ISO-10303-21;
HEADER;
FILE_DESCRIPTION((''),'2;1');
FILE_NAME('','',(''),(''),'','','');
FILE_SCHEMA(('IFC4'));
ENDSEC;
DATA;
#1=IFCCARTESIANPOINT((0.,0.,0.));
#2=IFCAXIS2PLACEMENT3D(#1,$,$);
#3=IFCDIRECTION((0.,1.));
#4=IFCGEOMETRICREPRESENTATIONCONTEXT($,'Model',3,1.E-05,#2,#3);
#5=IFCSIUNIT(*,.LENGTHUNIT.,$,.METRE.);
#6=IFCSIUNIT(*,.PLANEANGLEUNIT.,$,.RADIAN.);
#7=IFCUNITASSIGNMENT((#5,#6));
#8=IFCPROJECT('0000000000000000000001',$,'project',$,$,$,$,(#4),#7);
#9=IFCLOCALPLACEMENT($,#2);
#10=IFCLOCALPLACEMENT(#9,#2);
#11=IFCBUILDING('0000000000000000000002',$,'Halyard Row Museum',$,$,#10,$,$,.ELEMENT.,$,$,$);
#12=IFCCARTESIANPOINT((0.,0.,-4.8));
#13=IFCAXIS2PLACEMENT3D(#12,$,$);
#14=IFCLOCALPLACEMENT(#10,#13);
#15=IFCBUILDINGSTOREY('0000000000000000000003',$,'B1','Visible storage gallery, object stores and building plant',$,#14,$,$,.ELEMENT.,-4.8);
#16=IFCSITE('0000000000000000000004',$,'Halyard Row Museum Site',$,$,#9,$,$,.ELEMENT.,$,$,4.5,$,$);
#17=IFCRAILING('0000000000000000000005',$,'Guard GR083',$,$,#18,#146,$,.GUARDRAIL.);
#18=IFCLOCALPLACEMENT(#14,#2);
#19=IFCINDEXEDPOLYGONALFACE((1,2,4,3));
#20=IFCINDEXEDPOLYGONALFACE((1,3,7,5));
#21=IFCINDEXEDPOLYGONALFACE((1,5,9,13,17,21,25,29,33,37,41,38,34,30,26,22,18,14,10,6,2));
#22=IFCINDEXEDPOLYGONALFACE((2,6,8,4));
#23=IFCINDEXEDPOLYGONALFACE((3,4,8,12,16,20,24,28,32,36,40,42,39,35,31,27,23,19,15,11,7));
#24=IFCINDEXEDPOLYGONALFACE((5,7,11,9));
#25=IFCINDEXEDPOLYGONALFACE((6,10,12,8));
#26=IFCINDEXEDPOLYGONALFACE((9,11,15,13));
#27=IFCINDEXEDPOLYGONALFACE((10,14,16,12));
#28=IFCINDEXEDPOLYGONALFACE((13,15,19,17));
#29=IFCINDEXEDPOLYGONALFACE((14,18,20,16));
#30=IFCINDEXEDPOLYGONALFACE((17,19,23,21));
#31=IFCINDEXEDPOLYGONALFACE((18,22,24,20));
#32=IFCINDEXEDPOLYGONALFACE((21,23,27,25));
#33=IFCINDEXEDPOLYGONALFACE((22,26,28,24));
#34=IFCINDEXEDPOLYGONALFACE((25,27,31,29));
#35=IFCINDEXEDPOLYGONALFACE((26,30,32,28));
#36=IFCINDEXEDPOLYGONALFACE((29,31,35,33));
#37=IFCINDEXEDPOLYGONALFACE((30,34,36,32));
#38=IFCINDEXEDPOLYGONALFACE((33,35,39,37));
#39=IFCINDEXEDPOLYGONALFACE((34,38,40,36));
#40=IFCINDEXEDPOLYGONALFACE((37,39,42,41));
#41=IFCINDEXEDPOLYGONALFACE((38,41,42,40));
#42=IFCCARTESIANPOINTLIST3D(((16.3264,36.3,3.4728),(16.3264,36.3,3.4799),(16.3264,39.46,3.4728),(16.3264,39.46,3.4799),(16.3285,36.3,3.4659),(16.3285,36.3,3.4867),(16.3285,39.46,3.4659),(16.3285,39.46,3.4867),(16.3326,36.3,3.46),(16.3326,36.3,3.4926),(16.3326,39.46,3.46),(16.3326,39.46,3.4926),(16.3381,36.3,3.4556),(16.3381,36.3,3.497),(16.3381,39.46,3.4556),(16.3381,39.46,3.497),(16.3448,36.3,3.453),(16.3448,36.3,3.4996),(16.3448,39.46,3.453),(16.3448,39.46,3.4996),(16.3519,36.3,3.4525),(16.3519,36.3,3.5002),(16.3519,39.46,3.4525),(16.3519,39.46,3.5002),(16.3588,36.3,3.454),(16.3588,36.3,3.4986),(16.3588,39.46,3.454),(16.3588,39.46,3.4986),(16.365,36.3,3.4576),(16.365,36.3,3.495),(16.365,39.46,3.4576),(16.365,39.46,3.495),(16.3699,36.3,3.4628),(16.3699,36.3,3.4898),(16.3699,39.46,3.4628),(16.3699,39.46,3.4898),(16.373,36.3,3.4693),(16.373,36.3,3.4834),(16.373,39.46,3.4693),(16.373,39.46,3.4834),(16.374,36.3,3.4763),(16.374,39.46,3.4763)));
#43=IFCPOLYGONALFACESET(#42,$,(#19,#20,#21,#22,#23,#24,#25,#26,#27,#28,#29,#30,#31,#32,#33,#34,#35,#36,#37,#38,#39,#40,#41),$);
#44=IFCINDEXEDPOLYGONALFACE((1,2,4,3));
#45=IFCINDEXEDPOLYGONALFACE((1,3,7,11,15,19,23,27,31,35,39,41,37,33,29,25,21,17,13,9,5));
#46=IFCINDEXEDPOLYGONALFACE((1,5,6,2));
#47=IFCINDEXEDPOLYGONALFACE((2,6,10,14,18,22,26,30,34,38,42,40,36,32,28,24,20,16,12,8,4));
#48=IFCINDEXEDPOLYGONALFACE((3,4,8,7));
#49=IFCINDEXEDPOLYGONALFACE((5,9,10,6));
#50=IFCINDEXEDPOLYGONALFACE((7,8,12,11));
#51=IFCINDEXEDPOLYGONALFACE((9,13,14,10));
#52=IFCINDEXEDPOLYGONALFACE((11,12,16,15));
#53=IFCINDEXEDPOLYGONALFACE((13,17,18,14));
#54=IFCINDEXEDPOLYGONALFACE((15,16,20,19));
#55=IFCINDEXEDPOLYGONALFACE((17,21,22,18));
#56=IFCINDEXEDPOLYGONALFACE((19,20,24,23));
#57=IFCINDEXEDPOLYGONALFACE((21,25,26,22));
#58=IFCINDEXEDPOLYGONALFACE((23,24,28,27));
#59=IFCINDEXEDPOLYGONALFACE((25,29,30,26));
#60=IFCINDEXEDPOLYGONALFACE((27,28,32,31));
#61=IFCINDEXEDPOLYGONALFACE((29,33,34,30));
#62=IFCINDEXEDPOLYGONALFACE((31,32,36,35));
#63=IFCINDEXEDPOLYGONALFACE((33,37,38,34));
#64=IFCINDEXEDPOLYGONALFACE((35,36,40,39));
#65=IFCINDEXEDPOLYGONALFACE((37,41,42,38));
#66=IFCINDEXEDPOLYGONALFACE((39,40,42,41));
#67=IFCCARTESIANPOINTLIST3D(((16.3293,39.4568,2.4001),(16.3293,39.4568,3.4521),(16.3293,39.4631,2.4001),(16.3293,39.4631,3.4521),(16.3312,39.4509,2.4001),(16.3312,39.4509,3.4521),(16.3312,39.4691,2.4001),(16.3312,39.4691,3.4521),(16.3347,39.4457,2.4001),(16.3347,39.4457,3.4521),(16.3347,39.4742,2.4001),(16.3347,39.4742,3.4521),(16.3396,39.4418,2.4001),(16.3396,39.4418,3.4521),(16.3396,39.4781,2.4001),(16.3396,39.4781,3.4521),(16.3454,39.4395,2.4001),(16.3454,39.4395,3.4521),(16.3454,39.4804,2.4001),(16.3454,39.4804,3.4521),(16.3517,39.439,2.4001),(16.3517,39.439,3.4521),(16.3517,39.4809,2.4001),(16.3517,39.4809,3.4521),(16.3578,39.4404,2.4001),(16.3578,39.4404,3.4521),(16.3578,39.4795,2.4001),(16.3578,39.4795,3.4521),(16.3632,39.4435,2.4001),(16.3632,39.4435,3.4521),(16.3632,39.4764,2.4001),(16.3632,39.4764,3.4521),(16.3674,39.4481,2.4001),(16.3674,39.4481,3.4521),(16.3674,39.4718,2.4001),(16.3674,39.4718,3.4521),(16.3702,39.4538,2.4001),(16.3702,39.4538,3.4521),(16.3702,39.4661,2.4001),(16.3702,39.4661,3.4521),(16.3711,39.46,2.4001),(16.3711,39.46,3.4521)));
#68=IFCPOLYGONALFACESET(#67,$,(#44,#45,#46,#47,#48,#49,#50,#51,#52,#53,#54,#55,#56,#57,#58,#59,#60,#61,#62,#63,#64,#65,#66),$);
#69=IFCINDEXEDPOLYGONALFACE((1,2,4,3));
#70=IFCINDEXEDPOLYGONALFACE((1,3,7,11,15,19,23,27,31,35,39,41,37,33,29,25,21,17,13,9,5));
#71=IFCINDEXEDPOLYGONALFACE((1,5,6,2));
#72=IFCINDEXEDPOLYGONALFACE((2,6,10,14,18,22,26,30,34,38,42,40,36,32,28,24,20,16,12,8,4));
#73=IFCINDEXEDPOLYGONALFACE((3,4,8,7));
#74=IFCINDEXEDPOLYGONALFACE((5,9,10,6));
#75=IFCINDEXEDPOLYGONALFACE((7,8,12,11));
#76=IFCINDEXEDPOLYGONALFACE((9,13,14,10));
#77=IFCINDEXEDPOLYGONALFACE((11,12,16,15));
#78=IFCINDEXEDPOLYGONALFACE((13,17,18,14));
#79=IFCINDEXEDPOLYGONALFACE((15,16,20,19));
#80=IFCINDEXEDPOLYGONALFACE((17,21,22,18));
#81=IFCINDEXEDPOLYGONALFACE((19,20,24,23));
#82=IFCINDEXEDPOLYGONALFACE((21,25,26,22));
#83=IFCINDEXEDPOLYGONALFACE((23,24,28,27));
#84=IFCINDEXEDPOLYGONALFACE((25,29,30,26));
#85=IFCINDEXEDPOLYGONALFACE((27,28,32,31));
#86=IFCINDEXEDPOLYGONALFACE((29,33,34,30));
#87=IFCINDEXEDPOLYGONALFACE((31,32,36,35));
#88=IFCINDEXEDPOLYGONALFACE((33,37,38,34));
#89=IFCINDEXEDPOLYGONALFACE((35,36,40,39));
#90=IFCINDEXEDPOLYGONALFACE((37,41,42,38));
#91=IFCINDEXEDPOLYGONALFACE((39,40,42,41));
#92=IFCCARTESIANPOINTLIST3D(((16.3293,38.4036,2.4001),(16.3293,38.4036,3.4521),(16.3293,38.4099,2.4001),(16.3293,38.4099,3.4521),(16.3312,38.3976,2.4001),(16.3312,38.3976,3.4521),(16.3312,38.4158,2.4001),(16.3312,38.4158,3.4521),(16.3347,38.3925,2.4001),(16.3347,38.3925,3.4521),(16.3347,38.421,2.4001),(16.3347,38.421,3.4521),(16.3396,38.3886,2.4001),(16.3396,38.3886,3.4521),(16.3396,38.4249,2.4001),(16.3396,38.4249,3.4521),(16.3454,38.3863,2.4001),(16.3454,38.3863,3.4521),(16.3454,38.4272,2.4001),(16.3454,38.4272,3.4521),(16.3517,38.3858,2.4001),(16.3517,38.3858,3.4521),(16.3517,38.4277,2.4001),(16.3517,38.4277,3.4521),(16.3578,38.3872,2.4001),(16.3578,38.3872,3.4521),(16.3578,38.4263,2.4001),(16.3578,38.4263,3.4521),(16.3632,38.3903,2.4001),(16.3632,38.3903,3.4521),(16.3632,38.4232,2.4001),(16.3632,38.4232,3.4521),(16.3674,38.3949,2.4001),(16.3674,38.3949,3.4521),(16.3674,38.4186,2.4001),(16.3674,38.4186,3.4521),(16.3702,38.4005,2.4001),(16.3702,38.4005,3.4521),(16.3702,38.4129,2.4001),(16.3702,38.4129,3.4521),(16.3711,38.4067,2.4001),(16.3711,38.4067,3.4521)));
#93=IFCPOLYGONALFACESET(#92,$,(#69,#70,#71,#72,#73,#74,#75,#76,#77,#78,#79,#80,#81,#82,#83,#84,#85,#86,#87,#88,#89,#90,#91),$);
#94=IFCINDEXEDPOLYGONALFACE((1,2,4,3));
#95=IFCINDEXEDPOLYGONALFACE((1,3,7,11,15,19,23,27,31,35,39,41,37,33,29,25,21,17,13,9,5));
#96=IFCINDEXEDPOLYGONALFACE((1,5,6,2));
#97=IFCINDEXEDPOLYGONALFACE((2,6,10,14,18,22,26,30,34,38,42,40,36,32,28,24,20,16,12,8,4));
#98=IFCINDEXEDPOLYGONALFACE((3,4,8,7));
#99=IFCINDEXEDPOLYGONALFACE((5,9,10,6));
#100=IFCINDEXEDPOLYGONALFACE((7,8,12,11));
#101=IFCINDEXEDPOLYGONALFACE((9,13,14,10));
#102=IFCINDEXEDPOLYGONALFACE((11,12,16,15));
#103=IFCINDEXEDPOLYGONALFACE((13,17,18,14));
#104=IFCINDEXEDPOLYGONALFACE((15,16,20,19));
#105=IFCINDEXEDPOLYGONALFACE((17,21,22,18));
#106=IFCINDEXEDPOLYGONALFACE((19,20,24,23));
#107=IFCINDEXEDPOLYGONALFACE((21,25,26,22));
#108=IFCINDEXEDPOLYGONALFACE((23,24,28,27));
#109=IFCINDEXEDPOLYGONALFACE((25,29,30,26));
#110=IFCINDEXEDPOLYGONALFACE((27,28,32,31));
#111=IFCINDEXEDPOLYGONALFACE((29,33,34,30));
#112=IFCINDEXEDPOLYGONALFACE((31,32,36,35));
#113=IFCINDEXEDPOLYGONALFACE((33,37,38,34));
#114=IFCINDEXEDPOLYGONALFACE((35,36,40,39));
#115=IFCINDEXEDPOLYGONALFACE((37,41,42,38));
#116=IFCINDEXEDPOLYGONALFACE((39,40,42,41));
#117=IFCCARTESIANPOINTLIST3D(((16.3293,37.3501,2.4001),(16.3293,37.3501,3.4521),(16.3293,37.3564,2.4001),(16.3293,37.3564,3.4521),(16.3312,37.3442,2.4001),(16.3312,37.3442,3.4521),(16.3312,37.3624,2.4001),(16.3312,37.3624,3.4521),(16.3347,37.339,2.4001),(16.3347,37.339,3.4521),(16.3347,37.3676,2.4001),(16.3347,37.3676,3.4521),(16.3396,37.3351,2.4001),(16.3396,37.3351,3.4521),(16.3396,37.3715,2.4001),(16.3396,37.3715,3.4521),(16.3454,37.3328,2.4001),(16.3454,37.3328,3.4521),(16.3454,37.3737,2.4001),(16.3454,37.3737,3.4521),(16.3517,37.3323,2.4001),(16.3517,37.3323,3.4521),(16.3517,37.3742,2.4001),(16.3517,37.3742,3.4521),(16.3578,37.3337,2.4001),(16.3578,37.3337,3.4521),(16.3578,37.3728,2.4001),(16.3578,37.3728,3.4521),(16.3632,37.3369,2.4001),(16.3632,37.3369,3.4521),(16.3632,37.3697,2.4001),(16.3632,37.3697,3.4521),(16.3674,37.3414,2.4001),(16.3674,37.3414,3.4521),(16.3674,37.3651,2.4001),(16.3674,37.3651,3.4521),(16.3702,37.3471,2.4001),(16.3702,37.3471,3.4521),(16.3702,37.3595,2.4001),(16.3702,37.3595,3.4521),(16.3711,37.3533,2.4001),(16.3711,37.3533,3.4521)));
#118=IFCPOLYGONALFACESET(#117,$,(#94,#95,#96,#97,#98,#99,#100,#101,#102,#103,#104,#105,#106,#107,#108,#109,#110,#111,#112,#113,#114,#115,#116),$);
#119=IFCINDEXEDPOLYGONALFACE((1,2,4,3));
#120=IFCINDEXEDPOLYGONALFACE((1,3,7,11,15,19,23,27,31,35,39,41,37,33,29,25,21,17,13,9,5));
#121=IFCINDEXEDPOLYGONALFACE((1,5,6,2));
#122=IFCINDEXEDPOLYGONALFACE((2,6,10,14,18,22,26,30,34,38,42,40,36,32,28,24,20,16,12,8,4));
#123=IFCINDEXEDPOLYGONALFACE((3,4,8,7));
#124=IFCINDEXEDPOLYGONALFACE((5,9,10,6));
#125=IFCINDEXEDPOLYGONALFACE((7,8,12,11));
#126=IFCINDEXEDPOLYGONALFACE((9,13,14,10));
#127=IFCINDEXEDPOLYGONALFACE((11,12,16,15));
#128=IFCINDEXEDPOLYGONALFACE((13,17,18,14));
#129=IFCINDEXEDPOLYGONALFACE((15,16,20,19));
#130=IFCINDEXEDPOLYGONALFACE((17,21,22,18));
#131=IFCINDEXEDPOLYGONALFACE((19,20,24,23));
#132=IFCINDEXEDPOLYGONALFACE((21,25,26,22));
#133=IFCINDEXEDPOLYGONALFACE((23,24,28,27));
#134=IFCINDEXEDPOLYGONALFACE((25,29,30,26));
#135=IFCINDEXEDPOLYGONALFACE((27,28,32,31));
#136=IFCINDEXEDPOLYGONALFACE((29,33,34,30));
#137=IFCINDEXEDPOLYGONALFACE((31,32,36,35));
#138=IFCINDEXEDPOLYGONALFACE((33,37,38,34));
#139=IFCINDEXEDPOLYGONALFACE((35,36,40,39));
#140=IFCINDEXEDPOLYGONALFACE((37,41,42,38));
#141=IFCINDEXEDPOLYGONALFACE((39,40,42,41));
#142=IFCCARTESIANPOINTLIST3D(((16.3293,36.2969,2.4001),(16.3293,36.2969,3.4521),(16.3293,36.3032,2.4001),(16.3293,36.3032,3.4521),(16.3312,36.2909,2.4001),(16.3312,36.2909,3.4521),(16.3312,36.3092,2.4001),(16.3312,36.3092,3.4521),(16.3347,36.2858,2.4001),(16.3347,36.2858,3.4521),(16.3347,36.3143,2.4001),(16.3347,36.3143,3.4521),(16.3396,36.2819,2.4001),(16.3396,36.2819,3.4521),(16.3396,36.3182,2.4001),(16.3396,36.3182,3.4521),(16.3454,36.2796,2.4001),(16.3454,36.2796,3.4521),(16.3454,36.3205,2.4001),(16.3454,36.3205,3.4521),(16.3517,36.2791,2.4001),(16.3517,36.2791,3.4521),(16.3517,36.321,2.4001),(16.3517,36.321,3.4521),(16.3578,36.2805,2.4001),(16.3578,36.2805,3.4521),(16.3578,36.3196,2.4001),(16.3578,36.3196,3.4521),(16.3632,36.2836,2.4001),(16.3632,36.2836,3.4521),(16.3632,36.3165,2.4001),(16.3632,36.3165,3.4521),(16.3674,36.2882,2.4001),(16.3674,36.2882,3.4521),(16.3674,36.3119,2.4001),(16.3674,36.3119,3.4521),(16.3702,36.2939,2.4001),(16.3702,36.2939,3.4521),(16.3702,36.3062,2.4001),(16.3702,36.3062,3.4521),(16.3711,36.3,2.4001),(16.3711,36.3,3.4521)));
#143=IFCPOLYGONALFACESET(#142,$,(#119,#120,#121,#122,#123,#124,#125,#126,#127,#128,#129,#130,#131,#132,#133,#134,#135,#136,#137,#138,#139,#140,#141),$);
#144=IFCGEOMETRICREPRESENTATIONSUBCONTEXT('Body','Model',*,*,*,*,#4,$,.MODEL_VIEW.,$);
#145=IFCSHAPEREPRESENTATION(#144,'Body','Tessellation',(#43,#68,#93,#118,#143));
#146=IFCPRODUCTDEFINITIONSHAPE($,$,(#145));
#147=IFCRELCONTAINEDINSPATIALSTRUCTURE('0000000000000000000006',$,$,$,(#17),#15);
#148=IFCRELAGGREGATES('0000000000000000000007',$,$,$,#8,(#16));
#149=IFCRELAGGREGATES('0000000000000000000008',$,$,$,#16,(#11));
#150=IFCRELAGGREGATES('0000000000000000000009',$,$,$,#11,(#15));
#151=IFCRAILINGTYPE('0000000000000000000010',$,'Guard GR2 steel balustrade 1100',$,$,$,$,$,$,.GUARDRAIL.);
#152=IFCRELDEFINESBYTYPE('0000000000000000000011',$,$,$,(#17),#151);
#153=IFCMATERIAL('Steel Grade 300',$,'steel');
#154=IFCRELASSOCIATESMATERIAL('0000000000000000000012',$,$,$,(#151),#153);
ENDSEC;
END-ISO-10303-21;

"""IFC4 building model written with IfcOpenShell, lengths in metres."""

from ifc_helpers import new_model, si_unit, direction, frame, origin, origin_2d, place, context, subcontext, project, spatial, circle, extrude, material, type_object, element, save


model = new_model("IFC4")

# Units and contexts
model_context = context("Model", 3, precision=1e-05, world=origin(), true_north=direction((0.0, 1.0)))
body_context = subcontext(model_context, "Body", "Model", "MODEL_VIEW")
ifc_project = project(units=[si_unit("LENGTHUNIT", "METRE"), si_unit("PLANEANGLEUNIT", "RADIAN")], contexts=[model_context])

# Site, building, storey
site_placement = place(None, origin())
site = spatial("IfcSite", under=ifc_project, at=site_placement, Name="Halyard Row Museum Site", CompositionType="ELEMENT", RefElevation=4.5)
building_placement = place(site_placement, origin())
building = spatial("IfcBuilding", under=site, at=building_placement, Name="Halyard Row Museum", CompositionType="ELEMENT")
storey_placement = place(building_placement, frame((0.0, 0.0, -4.8)))
storey = spatial("IfcBuildingStorey", under=building, at=storey_placement, Name="B1", Description="Visible storage gallery, object stores and building plant", CompositionType="ELEMENT", Elevation=-4.8)

# Railing
ifc_material_1 = material(Name="Steel Grade 300", Category="steel")
railing_type = type_object("IfcRailingType", Name="Guard GR2 steel balustrade 1100", PredefinedType="GUARDRAIL", material=ifc_material_1)
railing_1_placement = place(storey_placement, frame((16.3501, 39.46, 2.4001)))
element("IfcRailing", 1, at=railing_1_placement, inside=storey, type_object=railing_type, Name="Guard GR083", PredefinedType="GUARDRAIL", context=body_context, shape_type="SweptSolid", body=[
    extrude(circle(Radius=0.0239, at=origin_2d()), frame((0.0, 0.0, 1.0762), z_axis=(0.0, -1.0, 0.0), x_axis=(1.0, 0.0, 0.0)), (0.0, 0.0, 1.0), 3.1599),
    extrude(circle(Radius=0.021, at=origin_2d()), origin(), (0.0, 0.0, 1.0), 1.052),
    extrude(circle(Radius=0.021, at=origin_2d()), frame((0.0, -1.0532, 0.0)), (0.0, 0.0, 1.0), 1.052),
    extrude(circle(Radius=0.021, at=origin_2d()), frame((0.0, -2.1067, 0.0)), (0.0, 0.0, 1.0), 1.052),
    extrude(circle(Radius=0.021, at=origin_2d()), frame((0.0, -3.1599, 0.0)), (0.0, 0.0, 1.0), 1.052),
])

save(model, "model.ifc")
